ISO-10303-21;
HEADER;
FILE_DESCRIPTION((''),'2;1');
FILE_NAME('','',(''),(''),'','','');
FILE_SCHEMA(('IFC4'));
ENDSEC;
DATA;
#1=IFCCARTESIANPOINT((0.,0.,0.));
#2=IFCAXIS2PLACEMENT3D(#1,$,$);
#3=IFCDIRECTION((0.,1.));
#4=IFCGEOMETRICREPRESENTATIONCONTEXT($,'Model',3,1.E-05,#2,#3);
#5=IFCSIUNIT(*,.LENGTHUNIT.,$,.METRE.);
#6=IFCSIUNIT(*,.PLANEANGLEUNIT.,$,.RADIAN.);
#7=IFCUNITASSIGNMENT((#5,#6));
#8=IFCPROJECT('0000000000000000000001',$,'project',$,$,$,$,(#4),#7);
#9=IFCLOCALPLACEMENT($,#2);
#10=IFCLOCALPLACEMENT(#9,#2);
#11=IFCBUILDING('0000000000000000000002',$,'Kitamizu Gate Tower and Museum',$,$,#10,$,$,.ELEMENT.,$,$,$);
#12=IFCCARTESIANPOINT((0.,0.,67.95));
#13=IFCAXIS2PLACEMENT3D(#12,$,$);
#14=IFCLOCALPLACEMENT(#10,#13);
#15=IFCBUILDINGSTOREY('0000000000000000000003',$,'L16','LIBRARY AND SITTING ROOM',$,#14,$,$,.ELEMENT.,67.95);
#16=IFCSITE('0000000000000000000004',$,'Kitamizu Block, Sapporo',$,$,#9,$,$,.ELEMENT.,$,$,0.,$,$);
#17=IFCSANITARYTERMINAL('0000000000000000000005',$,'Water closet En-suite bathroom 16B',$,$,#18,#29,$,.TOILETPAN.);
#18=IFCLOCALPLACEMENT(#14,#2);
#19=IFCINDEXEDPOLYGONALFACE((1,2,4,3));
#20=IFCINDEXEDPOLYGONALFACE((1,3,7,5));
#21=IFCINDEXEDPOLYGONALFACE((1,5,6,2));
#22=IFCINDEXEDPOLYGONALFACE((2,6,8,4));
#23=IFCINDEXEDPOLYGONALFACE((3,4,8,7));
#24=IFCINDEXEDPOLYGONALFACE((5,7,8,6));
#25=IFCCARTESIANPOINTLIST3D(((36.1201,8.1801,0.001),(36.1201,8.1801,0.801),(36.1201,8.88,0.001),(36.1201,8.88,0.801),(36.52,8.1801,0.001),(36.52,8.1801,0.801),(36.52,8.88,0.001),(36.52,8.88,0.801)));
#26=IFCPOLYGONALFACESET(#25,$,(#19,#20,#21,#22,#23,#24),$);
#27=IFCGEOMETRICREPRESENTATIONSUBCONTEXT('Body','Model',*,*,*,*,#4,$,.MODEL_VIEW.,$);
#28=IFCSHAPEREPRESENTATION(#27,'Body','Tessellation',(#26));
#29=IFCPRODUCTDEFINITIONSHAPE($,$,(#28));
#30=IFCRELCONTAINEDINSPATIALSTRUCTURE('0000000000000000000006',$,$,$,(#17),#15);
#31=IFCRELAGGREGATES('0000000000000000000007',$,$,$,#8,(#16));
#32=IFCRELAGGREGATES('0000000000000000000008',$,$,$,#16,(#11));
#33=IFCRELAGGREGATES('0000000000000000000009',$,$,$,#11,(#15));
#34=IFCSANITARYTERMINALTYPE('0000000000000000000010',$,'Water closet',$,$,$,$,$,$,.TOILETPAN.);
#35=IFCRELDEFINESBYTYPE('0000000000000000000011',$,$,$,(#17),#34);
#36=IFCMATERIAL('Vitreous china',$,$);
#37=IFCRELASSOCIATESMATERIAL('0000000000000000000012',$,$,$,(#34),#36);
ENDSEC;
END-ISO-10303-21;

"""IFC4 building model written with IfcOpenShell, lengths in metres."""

from ifc_helpers import new_model, si_unit, direction, frame, origin, origin_2d, place, context, subcontext, project, spatial, rectangle, extrude, material, type_object, element, save


model = new_model("IFC4")

# Units and contexts
model_context = context("Model", 3, precision=1e-05, world=origin(), true_north=direction((0.0, 1.0)))
body_context = subcontext(model_context, "Body", "Model", "MODEL_VIEW")
ifc_project = project(units=[si_unit("LENGTHUNIT", "METRE"), si_unit("PLANEANGLEUNIT", "RADIAN")], contexts=[model_context])

# Site, building, storey
site_placement = place(None, origin())
site = spatial("IfcSite", under=ifc_project, at=site_placement, Name="Kitamizu Block, Sapporo", CompositionType="ELEMENT", RefElevation=0.0)
building_placement = place(site_placement, origin())
building = spatial("IfcBuilding", under=site, at=building_placement, Name="Kitamizu Gate Tower and Museum", CompositionType="ELEMENT")
storey_placement = place(building_placement, frame((0.0, 0.0, 67.95)))
storey = spatial("IfcBuildingStorey", under=building, at=storey_placement, Name="L16", Description="LIBRARY AND SITTING ROOM", CompositionType="ELEMENT", Elevation=67.95)

# Sanitary terminal
ifc_material_1 = material(Name="Vitreous china")
sanitary_terminal_type_1 = type_object("IfcSanitaryTerminalType", Name="Water closet", PredefinedType="TOILETPAN", material=ifc_material_1)
sanitary_terminal_1_placement = place(storey_placement, frame((36.3201, 8.53, 0.001), z_axis=(0.0, 0.0, 1.0), x_axis=(1.0, 0.0, 0.0)))
element("IfcSanitaryTerminal", 1, at=sanitary_terminal_1_placement, inside=storey, type_object=sanitary_terminal_type_1, Name="Water closet En-suite bathroom 16B", PredefinedType="TOILETPAN", context=body_context, shape_type="SweptSolid", body=[
    extrude(rectangle(XDim=0.3999, YDim=0.7, at=origin_2d()), origin(), (0.0, 0.0, 1.0), 0.8),
])

save(model, "model.ifc")
